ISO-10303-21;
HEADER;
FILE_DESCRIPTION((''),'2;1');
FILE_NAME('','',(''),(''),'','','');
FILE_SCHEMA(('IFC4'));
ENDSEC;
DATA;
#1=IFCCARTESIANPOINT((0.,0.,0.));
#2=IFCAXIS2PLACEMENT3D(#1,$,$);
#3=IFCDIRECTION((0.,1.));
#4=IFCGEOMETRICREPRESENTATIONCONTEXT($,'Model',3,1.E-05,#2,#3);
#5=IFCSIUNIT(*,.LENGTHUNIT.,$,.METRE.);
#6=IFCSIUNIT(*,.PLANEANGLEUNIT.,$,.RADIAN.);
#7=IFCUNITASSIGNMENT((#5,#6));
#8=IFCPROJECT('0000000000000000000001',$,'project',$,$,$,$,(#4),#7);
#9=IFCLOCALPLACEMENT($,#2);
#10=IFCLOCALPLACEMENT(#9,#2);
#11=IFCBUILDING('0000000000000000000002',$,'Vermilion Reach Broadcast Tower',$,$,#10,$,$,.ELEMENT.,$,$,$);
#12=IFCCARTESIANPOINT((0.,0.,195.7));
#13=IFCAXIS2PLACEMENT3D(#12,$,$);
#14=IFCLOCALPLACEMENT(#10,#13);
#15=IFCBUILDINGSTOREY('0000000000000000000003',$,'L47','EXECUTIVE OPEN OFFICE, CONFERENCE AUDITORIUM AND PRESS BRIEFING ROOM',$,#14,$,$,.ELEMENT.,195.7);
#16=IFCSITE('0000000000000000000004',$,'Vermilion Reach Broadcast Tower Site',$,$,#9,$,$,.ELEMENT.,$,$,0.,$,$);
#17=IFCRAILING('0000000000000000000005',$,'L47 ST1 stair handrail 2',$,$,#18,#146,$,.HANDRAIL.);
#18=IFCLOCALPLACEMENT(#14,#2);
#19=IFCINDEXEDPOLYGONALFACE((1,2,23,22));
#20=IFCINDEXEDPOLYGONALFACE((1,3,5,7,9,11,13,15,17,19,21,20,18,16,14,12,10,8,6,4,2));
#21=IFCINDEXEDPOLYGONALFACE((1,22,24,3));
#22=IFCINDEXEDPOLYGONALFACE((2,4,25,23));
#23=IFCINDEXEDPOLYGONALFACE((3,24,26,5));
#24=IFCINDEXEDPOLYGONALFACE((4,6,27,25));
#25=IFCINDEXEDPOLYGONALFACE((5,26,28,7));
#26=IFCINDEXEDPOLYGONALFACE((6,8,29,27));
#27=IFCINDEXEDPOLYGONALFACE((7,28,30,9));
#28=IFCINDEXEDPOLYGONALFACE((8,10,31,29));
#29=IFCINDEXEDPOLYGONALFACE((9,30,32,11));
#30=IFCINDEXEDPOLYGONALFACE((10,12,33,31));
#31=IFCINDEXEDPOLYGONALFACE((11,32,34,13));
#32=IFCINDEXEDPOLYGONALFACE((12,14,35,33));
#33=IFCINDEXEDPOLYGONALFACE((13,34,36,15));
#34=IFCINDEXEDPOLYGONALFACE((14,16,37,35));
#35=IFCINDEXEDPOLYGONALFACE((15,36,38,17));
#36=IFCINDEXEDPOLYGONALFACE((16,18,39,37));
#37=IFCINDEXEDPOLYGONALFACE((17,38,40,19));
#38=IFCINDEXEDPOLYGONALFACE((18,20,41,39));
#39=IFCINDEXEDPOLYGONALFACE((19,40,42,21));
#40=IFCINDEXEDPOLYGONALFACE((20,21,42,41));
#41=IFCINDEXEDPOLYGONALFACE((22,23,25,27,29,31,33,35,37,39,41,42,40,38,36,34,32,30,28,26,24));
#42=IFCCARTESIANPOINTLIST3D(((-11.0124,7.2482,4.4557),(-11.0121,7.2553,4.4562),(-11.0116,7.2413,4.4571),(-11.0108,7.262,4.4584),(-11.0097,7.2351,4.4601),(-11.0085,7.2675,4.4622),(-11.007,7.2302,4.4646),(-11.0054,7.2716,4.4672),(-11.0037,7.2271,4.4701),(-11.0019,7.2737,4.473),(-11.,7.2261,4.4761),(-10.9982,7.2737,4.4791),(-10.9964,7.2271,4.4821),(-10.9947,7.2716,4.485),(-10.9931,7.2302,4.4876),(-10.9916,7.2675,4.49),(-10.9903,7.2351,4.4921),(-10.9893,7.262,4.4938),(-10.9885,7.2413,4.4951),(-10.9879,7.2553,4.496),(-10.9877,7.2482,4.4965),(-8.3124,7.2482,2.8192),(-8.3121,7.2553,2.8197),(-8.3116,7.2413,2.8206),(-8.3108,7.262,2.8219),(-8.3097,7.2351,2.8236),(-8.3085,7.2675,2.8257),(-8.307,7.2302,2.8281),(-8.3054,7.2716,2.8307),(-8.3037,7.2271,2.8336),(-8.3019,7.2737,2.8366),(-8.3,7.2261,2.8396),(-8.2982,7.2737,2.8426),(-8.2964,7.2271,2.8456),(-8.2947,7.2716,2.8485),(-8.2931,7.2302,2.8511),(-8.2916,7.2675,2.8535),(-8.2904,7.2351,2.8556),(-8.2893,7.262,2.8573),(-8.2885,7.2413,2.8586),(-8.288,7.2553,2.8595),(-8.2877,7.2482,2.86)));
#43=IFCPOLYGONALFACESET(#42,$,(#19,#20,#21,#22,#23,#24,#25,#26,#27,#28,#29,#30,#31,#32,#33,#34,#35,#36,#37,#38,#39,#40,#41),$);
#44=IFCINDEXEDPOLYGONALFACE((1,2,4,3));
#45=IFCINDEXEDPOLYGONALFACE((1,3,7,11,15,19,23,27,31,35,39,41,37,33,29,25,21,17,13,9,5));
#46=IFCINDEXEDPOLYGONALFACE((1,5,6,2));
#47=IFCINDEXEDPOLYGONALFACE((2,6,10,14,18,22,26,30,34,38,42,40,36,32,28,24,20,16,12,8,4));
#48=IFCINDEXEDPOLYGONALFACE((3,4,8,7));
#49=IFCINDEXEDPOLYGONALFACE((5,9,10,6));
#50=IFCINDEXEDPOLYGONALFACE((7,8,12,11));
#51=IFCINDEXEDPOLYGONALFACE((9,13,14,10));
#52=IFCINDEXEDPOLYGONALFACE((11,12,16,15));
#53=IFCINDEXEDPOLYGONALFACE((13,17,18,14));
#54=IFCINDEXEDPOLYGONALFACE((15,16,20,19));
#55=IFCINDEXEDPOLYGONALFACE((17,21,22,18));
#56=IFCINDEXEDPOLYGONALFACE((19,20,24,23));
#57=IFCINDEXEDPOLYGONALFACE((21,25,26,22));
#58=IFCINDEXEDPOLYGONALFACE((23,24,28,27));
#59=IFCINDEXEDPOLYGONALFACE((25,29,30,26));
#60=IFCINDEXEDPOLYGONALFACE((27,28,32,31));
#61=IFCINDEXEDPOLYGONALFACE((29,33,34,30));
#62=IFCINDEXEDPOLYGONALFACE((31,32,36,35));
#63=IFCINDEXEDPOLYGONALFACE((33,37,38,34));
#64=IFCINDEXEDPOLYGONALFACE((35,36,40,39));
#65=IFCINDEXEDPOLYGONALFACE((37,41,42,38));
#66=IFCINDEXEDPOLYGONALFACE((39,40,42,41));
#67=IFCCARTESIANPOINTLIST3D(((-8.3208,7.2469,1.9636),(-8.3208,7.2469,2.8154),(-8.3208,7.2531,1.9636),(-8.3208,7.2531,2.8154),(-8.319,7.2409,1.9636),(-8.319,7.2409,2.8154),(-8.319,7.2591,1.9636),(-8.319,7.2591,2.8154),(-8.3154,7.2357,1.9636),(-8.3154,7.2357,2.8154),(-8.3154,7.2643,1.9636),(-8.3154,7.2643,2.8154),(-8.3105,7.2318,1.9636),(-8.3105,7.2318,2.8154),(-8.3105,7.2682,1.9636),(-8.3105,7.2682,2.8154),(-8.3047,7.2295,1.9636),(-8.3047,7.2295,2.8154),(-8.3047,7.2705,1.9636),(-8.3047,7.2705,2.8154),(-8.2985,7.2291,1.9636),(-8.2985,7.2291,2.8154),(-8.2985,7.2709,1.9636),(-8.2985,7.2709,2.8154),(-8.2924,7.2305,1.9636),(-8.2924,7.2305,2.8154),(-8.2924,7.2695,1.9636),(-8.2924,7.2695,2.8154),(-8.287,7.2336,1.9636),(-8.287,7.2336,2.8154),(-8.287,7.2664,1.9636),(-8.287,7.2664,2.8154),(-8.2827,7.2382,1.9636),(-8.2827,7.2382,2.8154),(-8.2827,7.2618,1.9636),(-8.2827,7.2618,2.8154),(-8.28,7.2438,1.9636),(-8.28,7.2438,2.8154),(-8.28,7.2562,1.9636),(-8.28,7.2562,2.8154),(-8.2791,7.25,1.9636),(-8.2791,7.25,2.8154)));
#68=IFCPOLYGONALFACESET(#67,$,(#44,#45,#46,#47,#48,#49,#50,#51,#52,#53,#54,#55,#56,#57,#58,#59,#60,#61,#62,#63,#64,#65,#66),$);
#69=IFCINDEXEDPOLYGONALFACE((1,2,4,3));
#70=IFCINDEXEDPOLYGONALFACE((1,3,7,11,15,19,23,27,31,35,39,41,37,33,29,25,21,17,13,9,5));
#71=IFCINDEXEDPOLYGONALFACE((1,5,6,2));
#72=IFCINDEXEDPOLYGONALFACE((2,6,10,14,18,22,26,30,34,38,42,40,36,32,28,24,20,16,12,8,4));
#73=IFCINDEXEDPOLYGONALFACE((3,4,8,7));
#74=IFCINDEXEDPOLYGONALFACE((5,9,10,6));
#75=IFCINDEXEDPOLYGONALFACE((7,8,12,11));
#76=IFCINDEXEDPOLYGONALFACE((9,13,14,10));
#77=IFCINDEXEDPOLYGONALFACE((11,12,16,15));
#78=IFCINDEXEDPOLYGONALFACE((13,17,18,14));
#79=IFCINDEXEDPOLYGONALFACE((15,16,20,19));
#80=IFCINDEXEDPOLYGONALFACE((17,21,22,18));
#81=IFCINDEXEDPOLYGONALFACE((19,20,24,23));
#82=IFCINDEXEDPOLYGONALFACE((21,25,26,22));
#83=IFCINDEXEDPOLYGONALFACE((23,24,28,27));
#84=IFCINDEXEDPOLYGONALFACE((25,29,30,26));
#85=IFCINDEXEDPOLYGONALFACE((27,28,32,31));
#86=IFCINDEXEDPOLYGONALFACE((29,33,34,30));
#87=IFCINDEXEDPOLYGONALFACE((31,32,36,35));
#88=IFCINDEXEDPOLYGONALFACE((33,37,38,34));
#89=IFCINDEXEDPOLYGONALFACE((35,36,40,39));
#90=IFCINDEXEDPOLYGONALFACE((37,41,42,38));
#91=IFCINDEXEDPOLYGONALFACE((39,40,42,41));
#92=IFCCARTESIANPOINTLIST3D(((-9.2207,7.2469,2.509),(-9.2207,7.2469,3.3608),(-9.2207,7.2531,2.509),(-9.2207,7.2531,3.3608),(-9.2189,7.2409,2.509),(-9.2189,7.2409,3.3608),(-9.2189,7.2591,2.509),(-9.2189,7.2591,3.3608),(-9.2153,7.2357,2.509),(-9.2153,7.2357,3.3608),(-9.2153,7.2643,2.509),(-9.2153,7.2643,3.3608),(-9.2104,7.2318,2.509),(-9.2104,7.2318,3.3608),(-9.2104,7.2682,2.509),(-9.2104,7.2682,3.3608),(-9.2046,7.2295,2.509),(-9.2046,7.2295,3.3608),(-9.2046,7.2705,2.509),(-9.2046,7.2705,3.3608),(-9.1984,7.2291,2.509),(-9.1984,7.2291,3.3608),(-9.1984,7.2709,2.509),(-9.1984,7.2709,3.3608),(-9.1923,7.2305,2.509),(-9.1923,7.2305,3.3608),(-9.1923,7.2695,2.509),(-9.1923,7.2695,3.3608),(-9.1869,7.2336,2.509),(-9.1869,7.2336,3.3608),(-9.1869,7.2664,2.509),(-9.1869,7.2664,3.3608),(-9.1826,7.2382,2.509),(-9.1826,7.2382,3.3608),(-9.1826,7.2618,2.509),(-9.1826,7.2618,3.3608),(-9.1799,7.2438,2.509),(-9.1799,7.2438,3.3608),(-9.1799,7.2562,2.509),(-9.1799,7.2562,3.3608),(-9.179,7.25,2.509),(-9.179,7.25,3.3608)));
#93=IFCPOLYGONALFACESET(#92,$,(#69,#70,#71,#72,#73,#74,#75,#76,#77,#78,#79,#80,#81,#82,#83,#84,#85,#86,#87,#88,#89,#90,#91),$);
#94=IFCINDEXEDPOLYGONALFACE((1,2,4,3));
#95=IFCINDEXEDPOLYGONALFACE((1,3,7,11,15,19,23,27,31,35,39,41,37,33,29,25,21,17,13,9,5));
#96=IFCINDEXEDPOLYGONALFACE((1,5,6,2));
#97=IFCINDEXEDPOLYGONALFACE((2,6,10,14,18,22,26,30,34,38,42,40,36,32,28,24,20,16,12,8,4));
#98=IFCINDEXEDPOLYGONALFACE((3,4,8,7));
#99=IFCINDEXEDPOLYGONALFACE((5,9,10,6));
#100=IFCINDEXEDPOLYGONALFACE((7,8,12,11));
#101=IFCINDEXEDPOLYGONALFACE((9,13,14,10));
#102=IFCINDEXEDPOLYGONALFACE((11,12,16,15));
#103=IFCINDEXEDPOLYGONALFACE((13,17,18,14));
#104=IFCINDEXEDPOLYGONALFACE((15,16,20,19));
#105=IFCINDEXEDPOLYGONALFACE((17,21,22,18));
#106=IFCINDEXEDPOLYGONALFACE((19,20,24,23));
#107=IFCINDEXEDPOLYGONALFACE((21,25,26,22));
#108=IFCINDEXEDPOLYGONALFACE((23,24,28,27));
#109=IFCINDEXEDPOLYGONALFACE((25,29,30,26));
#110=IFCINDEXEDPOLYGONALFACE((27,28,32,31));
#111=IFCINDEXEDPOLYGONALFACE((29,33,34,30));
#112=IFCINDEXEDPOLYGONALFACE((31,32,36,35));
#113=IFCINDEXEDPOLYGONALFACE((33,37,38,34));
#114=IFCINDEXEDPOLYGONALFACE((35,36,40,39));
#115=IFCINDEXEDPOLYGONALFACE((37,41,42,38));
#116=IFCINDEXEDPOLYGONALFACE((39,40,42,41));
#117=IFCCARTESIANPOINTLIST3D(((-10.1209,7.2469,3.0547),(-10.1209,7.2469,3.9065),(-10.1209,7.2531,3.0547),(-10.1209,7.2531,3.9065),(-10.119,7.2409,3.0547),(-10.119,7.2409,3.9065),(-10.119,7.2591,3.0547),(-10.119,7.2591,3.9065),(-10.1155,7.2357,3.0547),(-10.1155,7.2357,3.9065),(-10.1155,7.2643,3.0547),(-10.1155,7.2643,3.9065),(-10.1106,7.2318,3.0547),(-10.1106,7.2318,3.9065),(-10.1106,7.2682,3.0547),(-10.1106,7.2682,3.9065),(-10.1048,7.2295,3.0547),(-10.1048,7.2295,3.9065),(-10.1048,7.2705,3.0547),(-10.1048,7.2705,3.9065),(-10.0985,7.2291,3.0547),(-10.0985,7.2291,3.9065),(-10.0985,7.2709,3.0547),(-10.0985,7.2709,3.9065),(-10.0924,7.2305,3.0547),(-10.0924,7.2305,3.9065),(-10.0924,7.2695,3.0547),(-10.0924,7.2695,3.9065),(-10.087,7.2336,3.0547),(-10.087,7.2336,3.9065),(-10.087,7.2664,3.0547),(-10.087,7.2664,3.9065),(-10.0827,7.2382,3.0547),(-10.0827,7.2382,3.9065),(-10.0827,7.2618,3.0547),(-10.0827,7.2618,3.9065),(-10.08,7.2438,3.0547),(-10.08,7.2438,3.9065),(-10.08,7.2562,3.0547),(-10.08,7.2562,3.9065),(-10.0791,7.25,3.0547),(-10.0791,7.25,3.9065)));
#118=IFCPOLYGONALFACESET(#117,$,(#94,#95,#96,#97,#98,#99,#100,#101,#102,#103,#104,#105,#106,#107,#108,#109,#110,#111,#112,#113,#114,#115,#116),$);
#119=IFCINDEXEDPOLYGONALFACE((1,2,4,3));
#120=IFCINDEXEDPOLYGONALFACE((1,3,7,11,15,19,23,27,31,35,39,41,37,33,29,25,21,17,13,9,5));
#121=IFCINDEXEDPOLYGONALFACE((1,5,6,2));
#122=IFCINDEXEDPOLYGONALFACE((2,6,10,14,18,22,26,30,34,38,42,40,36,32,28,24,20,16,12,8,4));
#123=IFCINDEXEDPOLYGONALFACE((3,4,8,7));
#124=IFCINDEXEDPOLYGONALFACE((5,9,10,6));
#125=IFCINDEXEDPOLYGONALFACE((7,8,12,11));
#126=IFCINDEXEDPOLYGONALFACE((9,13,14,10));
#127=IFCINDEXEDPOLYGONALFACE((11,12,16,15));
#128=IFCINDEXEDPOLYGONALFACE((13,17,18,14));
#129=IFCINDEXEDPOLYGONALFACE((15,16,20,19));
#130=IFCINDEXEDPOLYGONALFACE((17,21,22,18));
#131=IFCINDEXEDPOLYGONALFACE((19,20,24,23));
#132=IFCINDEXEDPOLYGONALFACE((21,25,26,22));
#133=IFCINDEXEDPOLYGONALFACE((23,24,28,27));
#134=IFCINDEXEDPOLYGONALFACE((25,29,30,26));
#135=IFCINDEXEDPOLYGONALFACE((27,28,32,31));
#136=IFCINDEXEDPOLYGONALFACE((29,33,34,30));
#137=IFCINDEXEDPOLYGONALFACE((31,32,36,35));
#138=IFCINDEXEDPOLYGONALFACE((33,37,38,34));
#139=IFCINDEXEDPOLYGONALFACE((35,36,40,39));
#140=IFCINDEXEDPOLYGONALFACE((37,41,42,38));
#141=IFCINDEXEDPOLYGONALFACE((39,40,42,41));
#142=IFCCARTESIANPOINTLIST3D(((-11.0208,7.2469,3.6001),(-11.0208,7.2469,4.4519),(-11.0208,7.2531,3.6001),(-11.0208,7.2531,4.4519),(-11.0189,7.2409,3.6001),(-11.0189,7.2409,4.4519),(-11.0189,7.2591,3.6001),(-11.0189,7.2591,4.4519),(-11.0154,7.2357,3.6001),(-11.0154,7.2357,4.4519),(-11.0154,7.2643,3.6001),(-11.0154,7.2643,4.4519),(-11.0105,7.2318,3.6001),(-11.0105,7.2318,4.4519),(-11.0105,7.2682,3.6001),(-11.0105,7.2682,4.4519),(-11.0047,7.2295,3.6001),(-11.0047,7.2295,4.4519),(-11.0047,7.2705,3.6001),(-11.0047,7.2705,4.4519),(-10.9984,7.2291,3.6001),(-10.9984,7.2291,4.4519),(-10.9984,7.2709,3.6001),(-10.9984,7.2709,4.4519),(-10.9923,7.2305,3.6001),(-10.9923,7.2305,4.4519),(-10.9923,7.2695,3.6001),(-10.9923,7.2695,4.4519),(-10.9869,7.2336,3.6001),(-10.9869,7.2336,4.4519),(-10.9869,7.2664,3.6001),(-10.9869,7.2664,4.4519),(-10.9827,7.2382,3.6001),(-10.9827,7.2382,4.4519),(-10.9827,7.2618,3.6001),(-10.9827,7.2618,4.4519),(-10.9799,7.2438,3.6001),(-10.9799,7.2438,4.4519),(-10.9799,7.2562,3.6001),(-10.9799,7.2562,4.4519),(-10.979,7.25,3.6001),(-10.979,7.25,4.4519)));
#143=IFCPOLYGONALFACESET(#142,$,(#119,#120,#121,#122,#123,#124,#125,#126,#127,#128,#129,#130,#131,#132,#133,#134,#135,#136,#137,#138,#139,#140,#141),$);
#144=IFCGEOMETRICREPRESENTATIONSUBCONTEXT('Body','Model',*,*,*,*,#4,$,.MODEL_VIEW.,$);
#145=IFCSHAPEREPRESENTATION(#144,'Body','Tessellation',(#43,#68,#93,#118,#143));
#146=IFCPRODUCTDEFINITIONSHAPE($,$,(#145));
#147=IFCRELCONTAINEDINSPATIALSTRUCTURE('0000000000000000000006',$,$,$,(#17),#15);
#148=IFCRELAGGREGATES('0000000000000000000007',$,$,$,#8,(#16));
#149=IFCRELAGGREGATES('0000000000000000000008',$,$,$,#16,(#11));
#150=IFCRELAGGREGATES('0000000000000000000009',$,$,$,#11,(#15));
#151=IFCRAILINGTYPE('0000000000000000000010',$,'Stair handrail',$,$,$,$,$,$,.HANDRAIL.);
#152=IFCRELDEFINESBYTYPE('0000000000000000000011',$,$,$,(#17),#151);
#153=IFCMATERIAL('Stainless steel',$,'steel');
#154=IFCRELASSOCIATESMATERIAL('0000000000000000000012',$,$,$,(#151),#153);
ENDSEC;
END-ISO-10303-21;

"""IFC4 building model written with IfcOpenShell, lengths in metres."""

from ifc_helpers import new_model, si_unit, direction, frame, origin, origin_2d, place, context, subcontext, project, spatial, circle, extrude, material, type_object, element, save


model = new_model("IFC4")

# Units and contexts
model_context = context("Model", 3, precision=1e-05, world=origin(), true_north=direction((0.0, 1.0)))
body_context = subcontext(model_context, "Body", "Model", "MODEL_VIEW")
ifc_project = project(units=[si_unit("LENGTHUNIT", "METRE"), si_unit("PLANEANGLEUNIT", "RADIAN")], contexts=[model_context])

# Site, building, storey
site_placement = place(None, origin())
site = spatial("IfcSite", under=ifc_project, at=site_placement, Name="Vermilion Reach Broadcast Tower Site", CompositionType="ELEMENT", RefElevation=0.0)
building_placement = place(site_placement, origin())
building = spatial("IfcBuilding", under=site, at=building_placement, Name="Vermilion Reach Broadcast Tower", CompositionType="ELEMENT")
storey_placement = place(building_placement, frame((0.0, 0.0, 195.7)))
storey = spatial("IfcBuildingStorey", under=building, at=storey_placement, Name="L47", Description="EXECUTIVE OPEN OFFICE, CONFERENCE AUDITORIUM AND PRESS BRIEFING ROOM", CompositionType="ELEMENT", Elevation=195.7)

# Railing
ifc_material_1 = material(Name="Stainless steel", Category="steel")
railing_type_1 = type_object("IfcRailingType", Name="Stair handrail", PredefinedType="HANDRAIL", material=ifc_material_1)
railing_1_placement = place(storey_placement, frame((-8.3, 7.25, 1.9636)))
element("IfcRailing", 1, at=railing_1_placement, inside=storey, type_object=railing_type_1, Name="L47 ST1 stair handrail 2", PredefinedType="HANDRAIL", context=body_context, shape_type="SweptSolid", body=[
    extrude(circle(Radius=0.0239, at=origin_2d()), frame((0.0, 0.0, 0.876), z_axis=(-0.855178, 0.0, 0.518334), x_axis=(0.0, -1.0, 0.0)), (0.0, 0.0, 1.0), 3.1572),
    extrude(circle(Radius=0.021, at=origin_2d()), origin(), (0.0, 0.0, 1.0), 0.8518),
    extrude(circle(Radius=0.021, at=origin_2d()), frame((-0.8999, 0.0, 0.5454)), (0.0, 0.0, 1.0), 0.8518),
    extrude(circle(Radius=0.021, at=origin_2d()), frame((-1.8, 0.0, 1.0911)), (0.0, 0.0, 1.0), 0.8518),
    extrude(circle(Radius=0.021, at=origin_2d()), frame((-2.7, 0.0, 1.6365)), (0.0, 0.0, 1.0), 0.8518),
])

save(model, "model.ifc")
